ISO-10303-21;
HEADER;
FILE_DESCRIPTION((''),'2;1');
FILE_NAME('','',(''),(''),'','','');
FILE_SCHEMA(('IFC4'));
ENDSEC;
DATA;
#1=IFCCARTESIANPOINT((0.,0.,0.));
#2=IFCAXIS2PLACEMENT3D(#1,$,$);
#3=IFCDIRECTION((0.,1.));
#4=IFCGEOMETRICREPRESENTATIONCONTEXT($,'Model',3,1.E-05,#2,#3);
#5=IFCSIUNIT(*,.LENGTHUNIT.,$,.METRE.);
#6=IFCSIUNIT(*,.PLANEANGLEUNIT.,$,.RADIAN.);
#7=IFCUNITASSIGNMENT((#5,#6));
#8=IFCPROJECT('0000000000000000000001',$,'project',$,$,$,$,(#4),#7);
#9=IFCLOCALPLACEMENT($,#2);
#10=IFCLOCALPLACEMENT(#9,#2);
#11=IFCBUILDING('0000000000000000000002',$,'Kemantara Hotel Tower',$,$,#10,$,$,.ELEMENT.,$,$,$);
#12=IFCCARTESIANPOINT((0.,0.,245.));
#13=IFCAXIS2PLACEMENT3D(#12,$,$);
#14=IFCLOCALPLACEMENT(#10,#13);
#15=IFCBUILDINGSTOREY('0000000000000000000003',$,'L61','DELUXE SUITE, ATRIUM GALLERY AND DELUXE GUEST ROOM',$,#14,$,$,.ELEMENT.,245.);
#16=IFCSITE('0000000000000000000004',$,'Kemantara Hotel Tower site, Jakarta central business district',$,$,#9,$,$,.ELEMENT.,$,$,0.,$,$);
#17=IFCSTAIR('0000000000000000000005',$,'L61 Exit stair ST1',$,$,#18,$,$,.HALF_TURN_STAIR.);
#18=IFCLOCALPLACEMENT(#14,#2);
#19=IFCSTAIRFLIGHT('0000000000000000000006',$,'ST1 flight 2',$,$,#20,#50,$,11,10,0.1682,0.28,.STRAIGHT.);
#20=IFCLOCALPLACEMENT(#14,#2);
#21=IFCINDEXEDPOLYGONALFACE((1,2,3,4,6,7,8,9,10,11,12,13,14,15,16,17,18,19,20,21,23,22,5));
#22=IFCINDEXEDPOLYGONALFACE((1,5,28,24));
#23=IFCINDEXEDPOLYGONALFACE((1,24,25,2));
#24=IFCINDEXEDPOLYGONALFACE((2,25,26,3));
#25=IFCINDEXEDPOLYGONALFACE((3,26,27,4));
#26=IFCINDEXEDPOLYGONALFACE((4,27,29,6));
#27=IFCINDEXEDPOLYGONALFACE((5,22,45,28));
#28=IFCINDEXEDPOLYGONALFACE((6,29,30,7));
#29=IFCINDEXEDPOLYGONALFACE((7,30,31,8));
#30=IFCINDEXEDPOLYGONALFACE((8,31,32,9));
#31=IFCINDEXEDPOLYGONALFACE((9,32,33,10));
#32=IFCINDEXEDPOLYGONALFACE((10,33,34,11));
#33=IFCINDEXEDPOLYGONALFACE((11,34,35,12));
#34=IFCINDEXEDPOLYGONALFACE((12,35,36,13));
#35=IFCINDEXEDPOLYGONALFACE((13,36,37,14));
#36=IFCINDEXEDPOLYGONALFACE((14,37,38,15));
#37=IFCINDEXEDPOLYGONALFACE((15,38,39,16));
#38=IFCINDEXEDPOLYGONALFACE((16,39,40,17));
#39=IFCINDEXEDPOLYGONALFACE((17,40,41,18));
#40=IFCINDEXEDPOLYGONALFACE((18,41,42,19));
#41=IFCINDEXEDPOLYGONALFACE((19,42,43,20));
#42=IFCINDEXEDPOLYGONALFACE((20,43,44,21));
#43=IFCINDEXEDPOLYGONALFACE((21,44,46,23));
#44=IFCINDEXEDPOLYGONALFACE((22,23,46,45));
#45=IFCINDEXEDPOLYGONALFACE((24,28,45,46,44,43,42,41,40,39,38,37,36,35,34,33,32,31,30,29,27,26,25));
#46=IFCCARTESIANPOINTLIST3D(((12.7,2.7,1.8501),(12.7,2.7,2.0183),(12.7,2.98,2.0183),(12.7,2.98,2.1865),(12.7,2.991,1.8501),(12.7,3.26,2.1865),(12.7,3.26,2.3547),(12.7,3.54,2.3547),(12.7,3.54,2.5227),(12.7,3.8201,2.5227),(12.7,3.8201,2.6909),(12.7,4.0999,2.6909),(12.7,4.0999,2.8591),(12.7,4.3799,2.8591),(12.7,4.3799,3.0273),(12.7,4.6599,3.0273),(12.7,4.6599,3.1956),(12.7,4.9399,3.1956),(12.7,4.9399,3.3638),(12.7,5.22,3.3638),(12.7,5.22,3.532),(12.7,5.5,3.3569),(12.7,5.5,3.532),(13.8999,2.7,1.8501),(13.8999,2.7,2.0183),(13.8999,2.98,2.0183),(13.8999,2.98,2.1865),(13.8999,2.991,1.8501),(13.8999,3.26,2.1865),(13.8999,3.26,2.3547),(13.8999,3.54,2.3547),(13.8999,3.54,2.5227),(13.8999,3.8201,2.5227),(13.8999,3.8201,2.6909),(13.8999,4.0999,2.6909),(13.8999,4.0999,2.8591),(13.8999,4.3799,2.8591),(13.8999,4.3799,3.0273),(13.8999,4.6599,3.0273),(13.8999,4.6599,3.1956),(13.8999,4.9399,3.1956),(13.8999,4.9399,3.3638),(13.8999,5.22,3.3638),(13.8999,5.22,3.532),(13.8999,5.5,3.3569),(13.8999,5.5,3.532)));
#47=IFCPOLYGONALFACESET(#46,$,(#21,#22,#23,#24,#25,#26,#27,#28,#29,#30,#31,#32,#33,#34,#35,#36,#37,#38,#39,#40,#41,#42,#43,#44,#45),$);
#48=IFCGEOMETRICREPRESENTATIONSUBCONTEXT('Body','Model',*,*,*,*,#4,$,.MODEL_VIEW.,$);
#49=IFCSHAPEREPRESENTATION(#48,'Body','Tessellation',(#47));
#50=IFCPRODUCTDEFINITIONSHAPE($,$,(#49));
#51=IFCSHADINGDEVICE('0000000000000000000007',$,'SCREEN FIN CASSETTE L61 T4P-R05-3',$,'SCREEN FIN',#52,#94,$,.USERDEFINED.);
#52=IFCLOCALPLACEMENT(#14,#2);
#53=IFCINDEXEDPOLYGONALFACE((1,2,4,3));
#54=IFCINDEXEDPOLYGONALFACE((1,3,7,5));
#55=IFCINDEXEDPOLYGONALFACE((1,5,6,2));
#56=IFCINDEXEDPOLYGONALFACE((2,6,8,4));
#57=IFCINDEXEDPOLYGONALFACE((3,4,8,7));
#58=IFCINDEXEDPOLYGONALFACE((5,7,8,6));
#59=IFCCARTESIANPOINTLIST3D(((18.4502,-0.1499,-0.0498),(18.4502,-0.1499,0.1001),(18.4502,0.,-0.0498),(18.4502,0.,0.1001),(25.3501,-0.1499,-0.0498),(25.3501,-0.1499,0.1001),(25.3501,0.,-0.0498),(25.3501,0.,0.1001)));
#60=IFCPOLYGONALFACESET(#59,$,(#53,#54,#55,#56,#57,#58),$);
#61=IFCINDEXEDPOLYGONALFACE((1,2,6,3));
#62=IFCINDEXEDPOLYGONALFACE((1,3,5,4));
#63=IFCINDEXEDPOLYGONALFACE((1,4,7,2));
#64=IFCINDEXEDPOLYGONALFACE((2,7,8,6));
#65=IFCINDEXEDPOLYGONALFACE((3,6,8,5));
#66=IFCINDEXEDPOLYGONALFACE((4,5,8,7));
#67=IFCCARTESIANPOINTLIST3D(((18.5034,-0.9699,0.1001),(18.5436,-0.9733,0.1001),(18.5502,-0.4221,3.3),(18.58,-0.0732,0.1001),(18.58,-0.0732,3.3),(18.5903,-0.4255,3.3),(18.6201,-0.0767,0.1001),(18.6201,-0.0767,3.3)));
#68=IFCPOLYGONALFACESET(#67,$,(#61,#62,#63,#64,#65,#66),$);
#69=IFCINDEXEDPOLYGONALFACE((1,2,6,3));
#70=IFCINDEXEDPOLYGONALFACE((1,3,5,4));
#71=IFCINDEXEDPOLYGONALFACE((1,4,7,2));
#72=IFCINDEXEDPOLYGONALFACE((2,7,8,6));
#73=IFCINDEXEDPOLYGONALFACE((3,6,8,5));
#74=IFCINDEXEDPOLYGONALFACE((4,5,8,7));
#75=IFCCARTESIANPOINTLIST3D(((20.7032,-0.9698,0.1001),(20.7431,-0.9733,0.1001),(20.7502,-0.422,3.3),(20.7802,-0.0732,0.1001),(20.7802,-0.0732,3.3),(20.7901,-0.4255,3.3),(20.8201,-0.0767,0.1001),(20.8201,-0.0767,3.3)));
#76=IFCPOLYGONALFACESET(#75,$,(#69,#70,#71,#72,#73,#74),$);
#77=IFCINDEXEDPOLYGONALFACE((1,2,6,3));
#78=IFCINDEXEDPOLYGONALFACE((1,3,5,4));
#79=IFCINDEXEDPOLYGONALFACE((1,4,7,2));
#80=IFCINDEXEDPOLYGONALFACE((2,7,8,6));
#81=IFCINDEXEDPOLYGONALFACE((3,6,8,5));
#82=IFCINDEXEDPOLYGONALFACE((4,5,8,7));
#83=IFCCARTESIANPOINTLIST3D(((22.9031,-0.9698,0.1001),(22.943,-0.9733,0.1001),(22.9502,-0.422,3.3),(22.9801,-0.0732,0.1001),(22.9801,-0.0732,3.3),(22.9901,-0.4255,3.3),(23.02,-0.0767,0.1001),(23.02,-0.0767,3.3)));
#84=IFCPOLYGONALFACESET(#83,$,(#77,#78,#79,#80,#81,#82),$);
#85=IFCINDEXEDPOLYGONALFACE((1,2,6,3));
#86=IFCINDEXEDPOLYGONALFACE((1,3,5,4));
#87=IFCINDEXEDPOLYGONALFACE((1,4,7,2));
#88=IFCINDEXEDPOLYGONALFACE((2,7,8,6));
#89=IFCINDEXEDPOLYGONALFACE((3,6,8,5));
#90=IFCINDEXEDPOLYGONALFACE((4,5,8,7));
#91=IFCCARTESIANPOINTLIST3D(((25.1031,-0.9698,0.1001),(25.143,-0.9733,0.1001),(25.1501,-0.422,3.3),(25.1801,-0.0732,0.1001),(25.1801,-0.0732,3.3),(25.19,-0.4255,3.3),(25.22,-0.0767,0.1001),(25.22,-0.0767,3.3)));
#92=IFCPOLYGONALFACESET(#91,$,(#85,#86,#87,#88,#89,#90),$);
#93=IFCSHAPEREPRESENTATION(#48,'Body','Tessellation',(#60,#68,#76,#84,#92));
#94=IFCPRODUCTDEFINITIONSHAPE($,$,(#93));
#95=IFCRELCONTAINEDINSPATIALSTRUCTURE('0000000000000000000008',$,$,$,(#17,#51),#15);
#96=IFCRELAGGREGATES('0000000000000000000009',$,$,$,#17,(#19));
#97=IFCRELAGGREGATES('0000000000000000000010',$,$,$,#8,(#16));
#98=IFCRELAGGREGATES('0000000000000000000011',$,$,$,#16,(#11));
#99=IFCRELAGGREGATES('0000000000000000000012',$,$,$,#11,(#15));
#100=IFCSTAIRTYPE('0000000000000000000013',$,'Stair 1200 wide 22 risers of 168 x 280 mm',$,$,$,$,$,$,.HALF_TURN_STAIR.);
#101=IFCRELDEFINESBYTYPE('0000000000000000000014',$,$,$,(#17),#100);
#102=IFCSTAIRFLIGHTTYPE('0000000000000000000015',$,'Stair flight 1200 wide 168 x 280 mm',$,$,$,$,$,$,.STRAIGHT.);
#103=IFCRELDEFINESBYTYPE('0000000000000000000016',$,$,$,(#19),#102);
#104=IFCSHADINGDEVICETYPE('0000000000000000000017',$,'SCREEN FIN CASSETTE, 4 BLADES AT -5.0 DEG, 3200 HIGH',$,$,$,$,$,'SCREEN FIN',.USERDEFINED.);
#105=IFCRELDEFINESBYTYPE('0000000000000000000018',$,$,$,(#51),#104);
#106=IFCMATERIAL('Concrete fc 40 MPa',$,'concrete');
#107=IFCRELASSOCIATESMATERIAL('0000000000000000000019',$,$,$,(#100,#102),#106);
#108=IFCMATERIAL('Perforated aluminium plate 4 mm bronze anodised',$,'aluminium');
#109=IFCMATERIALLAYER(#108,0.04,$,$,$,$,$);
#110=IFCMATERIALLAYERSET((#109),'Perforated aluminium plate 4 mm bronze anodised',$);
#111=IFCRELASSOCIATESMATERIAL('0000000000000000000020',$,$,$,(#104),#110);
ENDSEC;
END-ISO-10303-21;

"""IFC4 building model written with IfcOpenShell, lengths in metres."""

from ifc_helpers import new_model, si_unit, direction, frame, origin, origin_2d, place, context, subcontext, project, spatial, polyline, rectangle, outline, extrude, source, transform, mapped, material, layer, layer_set, type_object, element, aggregate, save


model = new_model("IFC4")

# Units and contexts
model_context = context("Model", 3, precision=1e-05, world=origin(), true_north=direction((0.0, 1.0)))
body_context = subcontext(model_context, "Body", "Model", "MODEL_VIEW")
ifc_project = project(units=[si_unit("LENGTHUNIT", "METRE"), si_unit("PLANEANGLEUNIT", "RADIAN")], contexts=[model_context])

# Site, building, storey
site_placement = place(None, origin())
site = spatial("IfcSite", under=ifc_project, at=site_placement, Name="Kemantara Hotel Tower site, Jakarta central business district", CompositionType="ELEMENT", RefElevation=0.0)
building_placement = place(site_placement, origin())
building = spatial("IfcBuilding", under=site, at=building_placement, Name="Kemantara Hotel Tower", CompositionType="ELEMENT")
storey_placement = place(building_placement, frame((0.0, 0.0, 245.0)))
storey = spatial("IfcBuildingStorey", under=building, at=storey_placement, Name="L61", Description="DELUXE SUITE, ATRIUM GALLERY AND DELUXE GUEST ROOM", CompositionType="ELEMENT", Elevation=245.0)

# Stair, stair flight
ifc_material_1 = material(Name="Concrete fc 40 MPa", Category="concrete")
stair_type = type_object("IfcStairType", Name="Stair 1200 wide 22 risers of 168 x 280 mm", PredefinedType="HALF_TURN_STAIR", material=ifc_material_1)
stair_placement = place(storey_placement, origin())
stair = element("IfcStair", 1, at=stair_placement, inside=storey, type_object=stair_type, Name="L61 Exit stair ST1", PredefinedType="HALF_TURN_STAIR")
stair_flight_type = type_object("IfcStairFlightType", Name="Stair flight 1200 wide 168 x 280 mm", PredefinedType="STRAIGHT", material=ifc_material_1)
stair_flight_placement = place(storey_placement, frame((13.3, 2.7, 1.8501), z_axis=(0.0, 0.0, 1.0), x_axis=(0.0, 1.0, 0.0)))
stair_flight = element("IfcStairFlight", 2, at=stair_flight_placement, type_object=stair_flight_type, Name="ST1 flight 2", NumberOfRisers=11, NumberOfTreads=10, PredefinedType="STRAIGHT", RiserHeight=0.1682, TreadLength=0.28, context=body_context, shape_type="SweptSolid", body=[
    extrude(outline(polyline([(0.0, 0.0), (0.0, 0.1682), (0.28, 0.1682), (0.28, 0.3364), (0.5601, 0.3364), (0.5601, 0.5046), (0.8401, 0.5046), (0.8401, 0.6726), (1.1201, 0.6726), (1.1201, 0.8408), (1.3999, 0.8408), (1.3999, 1.009), (1.6799, 1.009), (1.6799, 1.1772), (1.96, 1.1772), (1.96, 1.3455), (2.24, 1.3455), (2.24, 1.5137), (2.52, 1.5137), (2.52, 1.6819), (2.8, 1.6819), (2.8, 1.8501), (2.8, 1.5068), (0.291, 0.0), (0.0, 0.0)])), frame((0.0, 0.6001, 0.0), z_axis=(0.0, -1.0, 0.0), x_axis=(1.0, 0.0, 0.0)), (0.0, 0.0, 1.0), 1.2),
])
aggregate(stair, [stair_flight])

# Shading device
ifc_material_2 = material(Name="Perforated aluminium plate 4 mm bronze anodised", Category="aluminium")
ifc_layer_1 = layer(ifc_material_2, 0.04)
ifc_layer_set_1 = layer_set([ifc_layer_1], Name="Perforated aluminium plate 4 mm bronze anodised")
shading_device_type = type_object("IfcShadingDeviceType", Name="SCREEN FIN CASSETTE, 4 BLADES AT -5.0 DEG, 3200 HIGH", ElementType="SCREEN FIN", PredefinedType="USERDEFINED", material=ifc_layer_set_1)
shared_shape = source(origin(), body_context, "Body", "SweptSolid", [
    extrude(rectangle(XDim=6.8999, YDim=0.1499, at=origin_2d()), frame((3.3, -0.075, -0.1499), z_axis=(0.0, 0.0, 1.0), x_axis=(1.0, 0.0, 0.0)), (0.0, 0.0, 1.0), 0.1499),
    extrude(outline(polyline([(0.0, 0.0), (0.8999, 0.0), (0.3501, 3.2), (0.0, 3.2), (0.0, 0.0)])), frame((0.02, -0.0767, 0.0), z_axis=(-0.996376, 0.085056, 0.0), x_axis=(-0.085056, -0.996376, 0.0)), (0.0, 0.0, 1.0), 0.0403),
    extrude(outline(polyline([(0.0, 0.0), (0.8999, 0.0), (0.3501, 3.2), (0.0, 3.2), (0.0, 0.0)])), frame((2.22, -0.0767, 0.0), z_axis=(-0.996332, 0.085575, 0.0), x_axis=(-0.085575, -0.996332, 0.0)), (0.0, 0.0, 1.0), 0.04),
    extrude(outline(polyline([(0.0, 0.0), (0.8999, 0.0), (0.3501, 3.2), (0.0, 3.2), (0.0, 0.0)])), frame((4.4199, -0.0767, 0.0), z_axis=(-0.996332, 0.085575, 0.0), x_axis=(-0.085575, -0.996332, 0.0)), (0.0, 0.0, 1.0), 0.04),
    extrude(outline(polyline([(0.0, 0.0), (0.8999, 0.0), (0.3501, 3.2), (0.0, 3.2), (0.0, 0.0)])), frame((6.6199, -0.0767, 0.0), z_axis=(-0.996332, 0.085575, 0.0), x_axis=(-0.085575, -0.996332, 0.0)), (0.0, 0.0, 1.0), 0.04),
])
shading_device_placement = place(storey_placement, frame((18.6001, 0.0, 0.1001), z_axis=(0.0, 0.0, 1.0), x_axis=(1.0, 0.0, 0.0)))
element("IfcShadingDevice", 3, at=shading_device_placement, inside=storey, type_object=shading_device_type, Name="SCREEN FIN CASSETTE L61 T4P-R05-3", ObjectType="SCREEN FIN", PredefinedType="USERDEFINED", context=body_context, shape_type="MappedRepresentation", body=[
    mapped(shared_shape, transform((0.0, 0.0, 0.0))),
])

save(model, "model.ifc")
